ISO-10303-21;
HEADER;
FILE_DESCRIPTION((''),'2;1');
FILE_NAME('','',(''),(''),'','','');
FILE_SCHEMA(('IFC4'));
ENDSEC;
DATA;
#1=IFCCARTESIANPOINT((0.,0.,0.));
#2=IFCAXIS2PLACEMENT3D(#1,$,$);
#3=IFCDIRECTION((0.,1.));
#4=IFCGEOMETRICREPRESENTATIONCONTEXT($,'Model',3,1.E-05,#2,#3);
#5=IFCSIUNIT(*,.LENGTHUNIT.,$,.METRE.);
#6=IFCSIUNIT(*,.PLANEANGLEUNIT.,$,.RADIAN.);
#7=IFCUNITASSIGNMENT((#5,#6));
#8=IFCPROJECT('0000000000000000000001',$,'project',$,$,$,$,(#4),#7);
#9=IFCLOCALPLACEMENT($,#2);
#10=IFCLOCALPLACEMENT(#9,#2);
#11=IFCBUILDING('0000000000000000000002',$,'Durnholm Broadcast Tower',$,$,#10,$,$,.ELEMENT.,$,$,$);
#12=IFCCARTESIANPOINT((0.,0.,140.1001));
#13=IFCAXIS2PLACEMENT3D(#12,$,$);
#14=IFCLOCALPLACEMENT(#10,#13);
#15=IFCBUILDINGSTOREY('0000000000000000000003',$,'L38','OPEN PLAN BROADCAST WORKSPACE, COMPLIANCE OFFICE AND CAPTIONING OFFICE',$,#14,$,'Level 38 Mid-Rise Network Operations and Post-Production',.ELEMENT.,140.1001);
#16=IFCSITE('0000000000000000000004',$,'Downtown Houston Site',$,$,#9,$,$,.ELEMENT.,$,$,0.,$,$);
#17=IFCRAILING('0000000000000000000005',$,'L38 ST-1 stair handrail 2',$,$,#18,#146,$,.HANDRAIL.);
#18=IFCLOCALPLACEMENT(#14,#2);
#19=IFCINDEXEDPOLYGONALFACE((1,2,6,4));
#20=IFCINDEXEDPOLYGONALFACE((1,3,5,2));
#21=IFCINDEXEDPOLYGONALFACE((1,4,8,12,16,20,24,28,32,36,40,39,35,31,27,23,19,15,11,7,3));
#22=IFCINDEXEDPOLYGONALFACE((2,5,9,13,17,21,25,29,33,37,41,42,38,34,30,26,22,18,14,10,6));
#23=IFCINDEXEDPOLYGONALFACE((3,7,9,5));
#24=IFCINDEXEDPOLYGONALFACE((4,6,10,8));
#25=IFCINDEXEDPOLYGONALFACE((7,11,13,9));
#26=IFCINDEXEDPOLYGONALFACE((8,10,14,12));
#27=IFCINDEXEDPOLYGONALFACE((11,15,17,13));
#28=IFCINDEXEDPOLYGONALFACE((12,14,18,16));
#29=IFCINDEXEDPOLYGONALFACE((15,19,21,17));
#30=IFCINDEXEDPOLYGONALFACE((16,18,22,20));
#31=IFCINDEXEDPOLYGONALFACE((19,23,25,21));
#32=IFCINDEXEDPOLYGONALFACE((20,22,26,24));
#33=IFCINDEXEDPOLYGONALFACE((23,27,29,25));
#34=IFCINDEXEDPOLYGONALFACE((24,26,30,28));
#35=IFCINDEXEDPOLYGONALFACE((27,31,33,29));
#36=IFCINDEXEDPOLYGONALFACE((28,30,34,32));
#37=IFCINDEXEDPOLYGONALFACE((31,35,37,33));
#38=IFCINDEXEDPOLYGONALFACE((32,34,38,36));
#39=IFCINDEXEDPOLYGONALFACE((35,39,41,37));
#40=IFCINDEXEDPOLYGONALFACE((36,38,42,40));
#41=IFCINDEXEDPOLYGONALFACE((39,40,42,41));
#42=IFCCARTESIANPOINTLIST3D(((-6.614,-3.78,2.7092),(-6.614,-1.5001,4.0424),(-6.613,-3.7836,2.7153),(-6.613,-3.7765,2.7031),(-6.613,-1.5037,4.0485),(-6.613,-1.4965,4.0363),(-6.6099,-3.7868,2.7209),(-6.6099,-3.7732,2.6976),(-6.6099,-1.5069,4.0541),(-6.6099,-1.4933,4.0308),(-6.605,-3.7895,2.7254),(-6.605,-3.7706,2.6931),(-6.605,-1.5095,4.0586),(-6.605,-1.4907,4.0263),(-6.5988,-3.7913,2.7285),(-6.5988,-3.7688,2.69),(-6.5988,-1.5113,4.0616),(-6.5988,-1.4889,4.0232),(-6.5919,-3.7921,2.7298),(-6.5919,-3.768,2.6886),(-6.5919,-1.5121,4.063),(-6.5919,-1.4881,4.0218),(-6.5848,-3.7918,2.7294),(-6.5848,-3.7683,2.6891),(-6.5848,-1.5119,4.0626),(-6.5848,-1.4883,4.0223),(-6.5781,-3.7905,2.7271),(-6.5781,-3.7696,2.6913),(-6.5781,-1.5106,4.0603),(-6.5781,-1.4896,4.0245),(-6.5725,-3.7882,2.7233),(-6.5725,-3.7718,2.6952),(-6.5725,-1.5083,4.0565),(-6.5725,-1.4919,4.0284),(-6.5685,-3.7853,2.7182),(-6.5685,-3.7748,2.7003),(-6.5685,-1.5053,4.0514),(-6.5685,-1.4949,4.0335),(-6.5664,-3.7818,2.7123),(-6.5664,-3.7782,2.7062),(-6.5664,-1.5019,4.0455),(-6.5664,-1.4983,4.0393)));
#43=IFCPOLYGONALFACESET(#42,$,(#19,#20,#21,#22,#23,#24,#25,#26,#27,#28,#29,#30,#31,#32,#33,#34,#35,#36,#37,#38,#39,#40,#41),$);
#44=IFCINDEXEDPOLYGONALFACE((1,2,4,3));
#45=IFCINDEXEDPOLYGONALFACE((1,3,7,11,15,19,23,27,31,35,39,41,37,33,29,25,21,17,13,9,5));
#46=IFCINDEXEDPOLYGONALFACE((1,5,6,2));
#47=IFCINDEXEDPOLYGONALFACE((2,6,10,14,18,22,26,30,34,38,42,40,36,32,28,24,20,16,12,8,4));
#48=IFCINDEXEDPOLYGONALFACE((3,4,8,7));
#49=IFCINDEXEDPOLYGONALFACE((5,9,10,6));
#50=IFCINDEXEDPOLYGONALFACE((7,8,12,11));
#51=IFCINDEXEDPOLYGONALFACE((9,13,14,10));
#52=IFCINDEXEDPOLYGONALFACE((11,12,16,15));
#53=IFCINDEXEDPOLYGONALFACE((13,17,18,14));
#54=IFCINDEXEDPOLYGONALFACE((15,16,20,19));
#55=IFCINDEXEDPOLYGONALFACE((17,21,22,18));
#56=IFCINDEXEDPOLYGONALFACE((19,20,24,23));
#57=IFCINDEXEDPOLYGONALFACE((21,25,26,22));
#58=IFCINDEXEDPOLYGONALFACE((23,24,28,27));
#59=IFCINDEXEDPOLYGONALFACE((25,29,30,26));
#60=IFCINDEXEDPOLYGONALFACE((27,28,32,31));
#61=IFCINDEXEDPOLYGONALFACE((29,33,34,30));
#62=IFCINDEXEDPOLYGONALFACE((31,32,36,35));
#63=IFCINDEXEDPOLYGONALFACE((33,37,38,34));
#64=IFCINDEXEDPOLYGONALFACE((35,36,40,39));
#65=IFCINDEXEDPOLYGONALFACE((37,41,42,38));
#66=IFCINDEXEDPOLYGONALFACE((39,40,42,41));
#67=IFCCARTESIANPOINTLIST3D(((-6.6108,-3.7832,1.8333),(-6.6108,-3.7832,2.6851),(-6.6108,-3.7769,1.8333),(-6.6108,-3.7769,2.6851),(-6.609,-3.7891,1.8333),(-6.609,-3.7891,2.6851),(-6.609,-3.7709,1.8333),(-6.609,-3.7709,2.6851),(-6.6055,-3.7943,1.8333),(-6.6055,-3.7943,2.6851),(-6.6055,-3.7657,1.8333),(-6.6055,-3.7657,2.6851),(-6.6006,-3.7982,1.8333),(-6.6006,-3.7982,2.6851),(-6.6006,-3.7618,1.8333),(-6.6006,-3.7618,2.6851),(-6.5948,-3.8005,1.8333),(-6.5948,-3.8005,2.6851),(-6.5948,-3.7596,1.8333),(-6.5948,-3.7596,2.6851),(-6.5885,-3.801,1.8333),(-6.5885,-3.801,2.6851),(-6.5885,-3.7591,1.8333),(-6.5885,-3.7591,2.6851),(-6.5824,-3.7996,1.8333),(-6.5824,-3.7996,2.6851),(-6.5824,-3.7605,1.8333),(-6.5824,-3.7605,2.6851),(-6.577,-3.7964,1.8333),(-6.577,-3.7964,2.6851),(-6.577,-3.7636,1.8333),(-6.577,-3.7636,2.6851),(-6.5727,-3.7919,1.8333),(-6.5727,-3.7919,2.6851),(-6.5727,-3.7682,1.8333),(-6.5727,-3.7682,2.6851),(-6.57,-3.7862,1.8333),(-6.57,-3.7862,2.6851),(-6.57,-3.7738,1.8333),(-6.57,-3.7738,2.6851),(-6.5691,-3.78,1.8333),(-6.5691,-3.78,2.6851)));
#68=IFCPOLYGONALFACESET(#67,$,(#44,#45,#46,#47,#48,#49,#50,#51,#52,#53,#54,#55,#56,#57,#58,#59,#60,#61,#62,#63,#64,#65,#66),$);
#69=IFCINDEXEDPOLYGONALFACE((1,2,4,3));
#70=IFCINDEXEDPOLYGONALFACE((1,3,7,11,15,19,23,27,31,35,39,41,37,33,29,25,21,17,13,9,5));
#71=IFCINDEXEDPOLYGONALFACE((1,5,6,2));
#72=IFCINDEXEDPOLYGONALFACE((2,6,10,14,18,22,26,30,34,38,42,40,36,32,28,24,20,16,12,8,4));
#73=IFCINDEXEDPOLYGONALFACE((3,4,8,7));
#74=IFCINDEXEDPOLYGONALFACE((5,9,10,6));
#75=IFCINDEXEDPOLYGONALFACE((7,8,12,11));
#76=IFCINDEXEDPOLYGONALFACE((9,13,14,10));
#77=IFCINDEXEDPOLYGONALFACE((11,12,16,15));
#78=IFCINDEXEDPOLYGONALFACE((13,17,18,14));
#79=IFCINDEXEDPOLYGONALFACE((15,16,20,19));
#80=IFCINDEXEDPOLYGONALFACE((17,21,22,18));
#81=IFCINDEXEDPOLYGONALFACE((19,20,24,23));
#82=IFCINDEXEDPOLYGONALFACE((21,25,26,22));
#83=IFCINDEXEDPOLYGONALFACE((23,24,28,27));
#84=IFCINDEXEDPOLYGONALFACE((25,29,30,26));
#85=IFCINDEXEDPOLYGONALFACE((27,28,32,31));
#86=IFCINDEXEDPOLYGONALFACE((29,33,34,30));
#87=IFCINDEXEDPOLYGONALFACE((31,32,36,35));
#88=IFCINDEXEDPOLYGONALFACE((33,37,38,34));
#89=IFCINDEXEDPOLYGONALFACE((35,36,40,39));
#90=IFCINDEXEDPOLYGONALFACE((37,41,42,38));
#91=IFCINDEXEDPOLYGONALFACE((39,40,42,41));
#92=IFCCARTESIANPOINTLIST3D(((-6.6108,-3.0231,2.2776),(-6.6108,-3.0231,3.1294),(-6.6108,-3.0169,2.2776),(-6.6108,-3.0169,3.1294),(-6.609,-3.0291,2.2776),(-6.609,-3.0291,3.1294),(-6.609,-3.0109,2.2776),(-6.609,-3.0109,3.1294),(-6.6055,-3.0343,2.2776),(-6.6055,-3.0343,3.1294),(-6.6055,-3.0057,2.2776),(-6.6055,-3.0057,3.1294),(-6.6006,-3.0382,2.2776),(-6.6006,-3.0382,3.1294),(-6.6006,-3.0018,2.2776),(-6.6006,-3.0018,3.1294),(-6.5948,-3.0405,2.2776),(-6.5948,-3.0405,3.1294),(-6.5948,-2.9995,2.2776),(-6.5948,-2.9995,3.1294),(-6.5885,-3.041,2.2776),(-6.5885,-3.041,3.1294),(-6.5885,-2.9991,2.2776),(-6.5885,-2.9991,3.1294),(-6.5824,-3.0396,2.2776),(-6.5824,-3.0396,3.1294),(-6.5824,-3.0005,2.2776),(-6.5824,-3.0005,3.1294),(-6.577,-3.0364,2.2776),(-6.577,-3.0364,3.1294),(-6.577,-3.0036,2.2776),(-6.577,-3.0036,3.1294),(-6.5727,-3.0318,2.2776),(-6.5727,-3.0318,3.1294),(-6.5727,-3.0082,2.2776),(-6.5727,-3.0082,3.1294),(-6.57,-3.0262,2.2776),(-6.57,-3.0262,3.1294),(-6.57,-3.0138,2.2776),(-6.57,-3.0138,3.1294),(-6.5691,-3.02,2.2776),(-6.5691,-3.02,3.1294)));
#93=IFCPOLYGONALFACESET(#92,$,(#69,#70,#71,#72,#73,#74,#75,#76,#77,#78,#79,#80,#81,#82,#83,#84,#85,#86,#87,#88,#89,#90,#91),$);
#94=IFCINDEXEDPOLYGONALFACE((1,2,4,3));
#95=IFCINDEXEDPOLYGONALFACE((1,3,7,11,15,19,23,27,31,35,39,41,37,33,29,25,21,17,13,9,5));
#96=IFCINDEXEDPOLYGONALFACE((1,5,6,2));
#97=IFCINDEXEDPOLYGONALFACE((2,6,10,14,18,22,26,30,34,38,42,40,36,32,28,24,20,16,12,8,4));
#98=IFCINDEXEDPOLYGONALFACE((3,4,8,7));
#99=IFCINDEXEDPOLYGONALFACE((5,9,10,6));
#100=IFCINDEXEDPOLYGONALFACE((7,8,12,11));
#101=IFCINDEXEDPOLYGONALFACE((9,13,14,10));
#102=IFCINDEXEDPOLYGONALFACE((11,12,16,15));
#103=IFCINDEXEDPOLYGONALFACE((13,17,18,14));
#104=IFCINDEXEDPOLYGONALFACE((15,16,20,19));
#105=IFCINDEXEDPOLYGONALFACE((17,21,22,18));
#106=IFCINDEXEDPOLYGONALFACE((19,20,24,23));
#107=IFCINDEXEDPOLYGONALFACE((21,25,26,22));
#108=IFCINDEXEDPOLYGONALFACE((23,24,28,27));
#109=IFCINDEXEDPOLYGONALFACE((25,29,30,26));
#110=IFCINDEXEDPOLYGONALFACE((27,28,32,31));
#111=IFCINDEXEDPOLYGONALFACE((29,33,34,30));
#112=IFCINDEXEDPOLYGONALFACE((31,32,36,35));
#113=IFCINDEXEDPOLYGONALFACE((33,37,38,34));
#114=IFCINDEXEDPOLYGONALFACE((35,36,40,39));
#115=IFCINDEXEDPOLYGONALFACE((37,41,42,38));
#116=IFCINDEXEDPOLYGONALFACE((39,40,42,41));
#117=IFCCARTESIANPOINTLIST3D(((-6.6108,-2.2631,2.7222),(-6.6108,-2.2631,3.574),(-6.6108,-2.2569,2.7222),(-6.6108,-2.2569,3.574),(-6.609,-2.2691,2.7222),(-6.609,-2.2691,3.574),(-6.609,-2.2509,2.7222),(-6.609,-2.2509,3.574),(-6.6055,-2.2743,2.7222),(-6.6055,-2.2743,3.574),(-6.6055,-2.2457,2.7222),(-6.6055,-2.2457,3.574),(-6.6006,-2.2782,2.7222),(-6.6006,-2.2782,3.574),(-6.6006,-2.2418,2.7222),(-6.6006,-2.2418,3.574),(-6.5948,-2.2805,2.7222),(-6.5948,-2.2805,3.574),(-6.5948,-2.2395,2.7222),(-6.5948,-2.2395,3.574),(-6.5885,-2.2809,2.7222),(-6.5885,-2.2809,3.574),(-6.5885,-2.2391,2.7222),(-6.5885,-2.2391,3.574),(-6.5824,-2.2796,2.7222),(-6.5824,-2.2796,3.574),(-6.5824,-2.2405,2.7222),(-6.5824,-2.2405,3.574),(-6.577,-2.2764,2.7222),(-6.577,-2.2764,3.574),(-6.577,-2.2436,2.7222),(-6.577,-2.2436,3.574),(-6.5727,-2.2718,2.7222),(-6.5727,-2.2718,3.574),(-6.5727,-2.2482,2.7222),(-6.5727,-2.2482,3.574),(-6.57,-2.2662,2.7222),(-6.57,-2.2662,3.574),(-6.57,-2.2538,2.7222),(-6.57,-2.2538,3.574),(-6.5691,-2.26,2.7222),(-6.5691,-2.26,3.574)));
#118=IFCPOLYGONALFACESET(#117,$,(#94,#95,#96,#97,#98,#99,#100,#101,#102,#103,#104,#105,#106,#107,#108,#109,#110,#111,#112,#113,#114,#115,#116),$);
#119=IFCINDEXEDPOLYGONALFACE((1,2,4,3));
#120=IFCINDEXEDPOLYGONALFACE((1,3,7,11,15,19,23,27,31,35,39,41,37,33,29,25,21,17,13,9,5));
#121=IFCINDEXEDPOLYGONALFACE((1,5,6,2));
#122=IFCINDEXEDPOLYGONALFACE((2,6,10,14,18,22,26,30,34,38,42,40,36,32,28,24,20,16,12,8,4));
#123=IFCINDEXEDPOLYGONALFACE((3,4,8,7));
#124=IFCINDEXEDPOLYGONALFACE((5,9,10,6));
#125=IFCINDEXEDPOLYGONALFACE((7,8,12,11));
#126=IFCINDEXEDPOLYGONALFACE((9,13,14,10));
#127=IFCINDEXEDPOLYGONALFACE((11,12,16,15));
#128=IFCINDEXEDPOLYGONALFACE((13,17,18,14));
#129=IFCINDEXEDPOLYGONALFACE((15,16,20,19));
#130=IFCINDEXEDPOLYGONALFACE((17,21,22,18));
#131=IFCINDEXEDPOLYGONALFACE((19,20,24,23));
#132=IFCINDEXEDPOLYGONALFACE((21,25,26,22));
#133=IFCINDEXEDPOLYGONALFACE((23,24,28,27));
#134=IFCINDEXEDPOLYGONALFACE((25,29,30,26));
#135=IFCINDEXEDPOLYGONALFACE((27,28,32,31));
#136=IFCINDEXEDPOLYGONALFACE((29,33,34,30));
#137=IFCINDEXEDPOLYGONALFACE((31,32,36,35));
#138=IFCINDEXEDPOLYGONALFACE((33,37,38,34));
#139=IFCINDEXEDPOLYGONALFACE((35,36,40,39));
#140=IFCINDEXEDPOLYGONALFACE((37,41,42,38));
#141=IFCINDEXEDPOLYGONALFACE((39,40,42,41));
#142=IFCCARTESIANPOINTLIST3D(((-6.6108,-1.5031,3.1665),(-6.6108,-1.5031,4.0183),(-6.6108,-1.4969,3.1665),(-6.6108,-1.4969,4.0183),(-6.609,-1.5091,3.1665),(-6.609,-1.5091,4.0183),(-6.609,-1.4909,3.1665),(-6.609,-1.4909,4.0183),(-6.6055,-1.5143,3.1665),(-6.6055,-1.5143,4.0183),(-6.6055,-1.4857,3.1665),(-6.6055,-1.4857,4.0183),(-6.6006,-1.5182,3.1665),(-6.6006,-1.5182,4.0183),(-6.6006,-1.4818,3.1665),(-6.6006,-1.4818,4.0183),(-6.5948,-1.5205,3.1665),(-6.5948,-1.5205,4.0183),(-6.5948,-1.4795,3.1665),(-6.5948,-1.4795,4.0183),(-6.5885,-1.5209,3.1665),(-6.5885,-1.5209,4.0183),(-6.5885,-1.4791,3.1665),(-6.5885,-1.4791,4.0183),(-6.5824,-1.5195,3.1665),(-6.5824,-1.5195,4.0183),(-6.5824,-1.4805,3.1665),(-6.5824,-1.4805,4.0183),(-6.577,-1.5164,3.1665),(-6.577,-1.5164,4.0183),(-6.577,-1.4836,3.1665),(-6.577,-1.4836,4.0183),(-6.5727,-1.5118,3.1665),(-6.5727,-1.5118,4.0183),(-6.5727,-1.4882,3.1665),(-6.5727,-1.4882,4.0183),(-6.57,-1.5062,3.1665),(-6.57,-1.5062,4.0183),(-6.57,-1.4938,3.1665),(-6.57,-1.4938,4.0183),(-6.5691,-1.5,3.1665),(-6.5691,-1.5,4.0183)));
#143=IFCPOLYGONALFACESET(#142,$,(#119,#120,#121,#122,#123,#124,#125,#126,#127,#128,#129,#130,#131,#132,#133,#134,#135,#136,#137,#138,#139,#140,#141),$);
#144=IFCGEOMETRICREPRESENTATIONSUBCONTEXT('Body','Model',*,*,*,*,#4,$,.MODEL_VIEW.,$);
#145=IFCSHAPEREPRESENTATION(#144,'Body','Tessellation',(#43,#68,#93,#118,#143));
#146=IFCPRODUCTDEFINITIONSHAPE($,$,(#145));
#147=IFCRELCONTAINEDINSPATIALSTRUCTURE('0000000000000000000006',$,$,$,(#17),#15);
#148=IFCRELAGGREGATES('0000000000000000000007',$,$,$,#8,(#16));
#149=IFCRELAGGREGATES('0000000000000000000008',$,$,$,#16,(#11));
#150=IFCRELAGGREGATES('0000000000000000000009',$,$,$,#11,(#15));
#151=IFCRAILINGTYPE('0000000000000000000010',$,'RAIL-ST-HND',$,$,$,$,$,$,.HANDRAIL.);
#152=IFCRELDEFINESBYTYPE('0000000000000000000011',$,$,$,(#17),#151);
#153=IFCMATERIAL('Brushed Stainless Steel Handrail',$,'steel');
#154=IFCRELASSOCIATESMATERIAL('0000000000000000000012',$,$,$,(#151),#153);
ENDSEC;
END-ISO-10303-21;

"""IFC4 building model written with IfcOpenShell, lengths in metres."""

from ifc_helpers import new_model, si_unit, direction, frame, origin, origin_2d, place, context, subcontext, project, spatial, circle, extrude, material, type_object, element, save


model = new_model("IFC4")

# Units and contexts
model_context = context("Model", 3, precision=1e-05, world=origin(), true_north=direction((0.0, 1.0)))
body_context = subcontext(model_context, "Body", "Model", "MODEL_VIEW")
ifc_project = project(units=[si_unit("LENGTHUNIT", "METRE"), si_unit("PLANEANGLEUNIT", "RADIAN")], contexts=[model_context])

# Site, building, storey
site_placement = place(None, origin())
site = spatial("IfcSite", under=ifc_project, at=site_placement, Name="Downtown Houston Site", CompositionType="ELEMENT", RefElevation=0.0)
building_placement = place(site_placement, origin())
building = spatial("IfcBuilding", under=site, at=building_placement, Name="Durnholm Broadcast Tower", CompositionType="ELEMENT")
storey_placement = place(building_placement, frame((0.0, 0.0, 140.1001)))
storey = spatial("IfcBuildingStorey", under=building, at=storey_placement, Name="L38", Description="OPEN PLAN BROADCAST WORKSPACE, COMPLIANCE OFFICE AND CAPTIONING OFFICE", LongName="Level 38 Mid-Rise Network Operations and Post-Production", CompositionType="ELEMENT", Elevation=140.1001)

# Railing
ifc_material_1 = material(Name="Brushed Stainless Steel Handrail", Category="steel")
railing_type_1 = type_object("IfcRailingType", Name="RAIL-ST-HND", PredefinedType="HANDRAIL", material=ifc_material_1)
railing_1_placement = place(storey_placement, frame((-6.5901, -3.78, 1.8333)))
element("IfcRailing", 1, at=railing_1_placement, inside=storey, type_object=railing_type_1, Name="L38 ST-1 stair handrail 2", PredefinedType="HANDRAIL", context=body_context, shape_type="SweptSolid", body=[
    extrude(circle(Radius=0.0239, at=origin_2d()), frame((0.0, 0.0, 0.876), z_axis=(0.0, 0.863245, 0.504785), x_axis=(-1.0, 0.0, 0.0)), (0.0, 0.0, 1.0), 2.6411),
    extrude(circle(Radius=0.021, at=origin_2d()), origin(), (0.0, 0.0, 1.0), 0.8518),
    extrude(circle(Radius=0.021, at=origin_2d()), frame((0.0, 0.76, 0.4443)), (0.0, 0.0, 1.0), 0.8518),
    extrude(circle(Radius=0.021, at=origin_2d()), frame((0.0, 1.52, 0.8889)), (0.0, 0.0, 1.0), 0.8518),
    extrude(circle(Radius=0.021, at=origin_2d()), frame((0.0, 2.28, 1.3333)), (0.0, 0.0, 1.0), 0.8518),
])

save(model, "model.ifc")
